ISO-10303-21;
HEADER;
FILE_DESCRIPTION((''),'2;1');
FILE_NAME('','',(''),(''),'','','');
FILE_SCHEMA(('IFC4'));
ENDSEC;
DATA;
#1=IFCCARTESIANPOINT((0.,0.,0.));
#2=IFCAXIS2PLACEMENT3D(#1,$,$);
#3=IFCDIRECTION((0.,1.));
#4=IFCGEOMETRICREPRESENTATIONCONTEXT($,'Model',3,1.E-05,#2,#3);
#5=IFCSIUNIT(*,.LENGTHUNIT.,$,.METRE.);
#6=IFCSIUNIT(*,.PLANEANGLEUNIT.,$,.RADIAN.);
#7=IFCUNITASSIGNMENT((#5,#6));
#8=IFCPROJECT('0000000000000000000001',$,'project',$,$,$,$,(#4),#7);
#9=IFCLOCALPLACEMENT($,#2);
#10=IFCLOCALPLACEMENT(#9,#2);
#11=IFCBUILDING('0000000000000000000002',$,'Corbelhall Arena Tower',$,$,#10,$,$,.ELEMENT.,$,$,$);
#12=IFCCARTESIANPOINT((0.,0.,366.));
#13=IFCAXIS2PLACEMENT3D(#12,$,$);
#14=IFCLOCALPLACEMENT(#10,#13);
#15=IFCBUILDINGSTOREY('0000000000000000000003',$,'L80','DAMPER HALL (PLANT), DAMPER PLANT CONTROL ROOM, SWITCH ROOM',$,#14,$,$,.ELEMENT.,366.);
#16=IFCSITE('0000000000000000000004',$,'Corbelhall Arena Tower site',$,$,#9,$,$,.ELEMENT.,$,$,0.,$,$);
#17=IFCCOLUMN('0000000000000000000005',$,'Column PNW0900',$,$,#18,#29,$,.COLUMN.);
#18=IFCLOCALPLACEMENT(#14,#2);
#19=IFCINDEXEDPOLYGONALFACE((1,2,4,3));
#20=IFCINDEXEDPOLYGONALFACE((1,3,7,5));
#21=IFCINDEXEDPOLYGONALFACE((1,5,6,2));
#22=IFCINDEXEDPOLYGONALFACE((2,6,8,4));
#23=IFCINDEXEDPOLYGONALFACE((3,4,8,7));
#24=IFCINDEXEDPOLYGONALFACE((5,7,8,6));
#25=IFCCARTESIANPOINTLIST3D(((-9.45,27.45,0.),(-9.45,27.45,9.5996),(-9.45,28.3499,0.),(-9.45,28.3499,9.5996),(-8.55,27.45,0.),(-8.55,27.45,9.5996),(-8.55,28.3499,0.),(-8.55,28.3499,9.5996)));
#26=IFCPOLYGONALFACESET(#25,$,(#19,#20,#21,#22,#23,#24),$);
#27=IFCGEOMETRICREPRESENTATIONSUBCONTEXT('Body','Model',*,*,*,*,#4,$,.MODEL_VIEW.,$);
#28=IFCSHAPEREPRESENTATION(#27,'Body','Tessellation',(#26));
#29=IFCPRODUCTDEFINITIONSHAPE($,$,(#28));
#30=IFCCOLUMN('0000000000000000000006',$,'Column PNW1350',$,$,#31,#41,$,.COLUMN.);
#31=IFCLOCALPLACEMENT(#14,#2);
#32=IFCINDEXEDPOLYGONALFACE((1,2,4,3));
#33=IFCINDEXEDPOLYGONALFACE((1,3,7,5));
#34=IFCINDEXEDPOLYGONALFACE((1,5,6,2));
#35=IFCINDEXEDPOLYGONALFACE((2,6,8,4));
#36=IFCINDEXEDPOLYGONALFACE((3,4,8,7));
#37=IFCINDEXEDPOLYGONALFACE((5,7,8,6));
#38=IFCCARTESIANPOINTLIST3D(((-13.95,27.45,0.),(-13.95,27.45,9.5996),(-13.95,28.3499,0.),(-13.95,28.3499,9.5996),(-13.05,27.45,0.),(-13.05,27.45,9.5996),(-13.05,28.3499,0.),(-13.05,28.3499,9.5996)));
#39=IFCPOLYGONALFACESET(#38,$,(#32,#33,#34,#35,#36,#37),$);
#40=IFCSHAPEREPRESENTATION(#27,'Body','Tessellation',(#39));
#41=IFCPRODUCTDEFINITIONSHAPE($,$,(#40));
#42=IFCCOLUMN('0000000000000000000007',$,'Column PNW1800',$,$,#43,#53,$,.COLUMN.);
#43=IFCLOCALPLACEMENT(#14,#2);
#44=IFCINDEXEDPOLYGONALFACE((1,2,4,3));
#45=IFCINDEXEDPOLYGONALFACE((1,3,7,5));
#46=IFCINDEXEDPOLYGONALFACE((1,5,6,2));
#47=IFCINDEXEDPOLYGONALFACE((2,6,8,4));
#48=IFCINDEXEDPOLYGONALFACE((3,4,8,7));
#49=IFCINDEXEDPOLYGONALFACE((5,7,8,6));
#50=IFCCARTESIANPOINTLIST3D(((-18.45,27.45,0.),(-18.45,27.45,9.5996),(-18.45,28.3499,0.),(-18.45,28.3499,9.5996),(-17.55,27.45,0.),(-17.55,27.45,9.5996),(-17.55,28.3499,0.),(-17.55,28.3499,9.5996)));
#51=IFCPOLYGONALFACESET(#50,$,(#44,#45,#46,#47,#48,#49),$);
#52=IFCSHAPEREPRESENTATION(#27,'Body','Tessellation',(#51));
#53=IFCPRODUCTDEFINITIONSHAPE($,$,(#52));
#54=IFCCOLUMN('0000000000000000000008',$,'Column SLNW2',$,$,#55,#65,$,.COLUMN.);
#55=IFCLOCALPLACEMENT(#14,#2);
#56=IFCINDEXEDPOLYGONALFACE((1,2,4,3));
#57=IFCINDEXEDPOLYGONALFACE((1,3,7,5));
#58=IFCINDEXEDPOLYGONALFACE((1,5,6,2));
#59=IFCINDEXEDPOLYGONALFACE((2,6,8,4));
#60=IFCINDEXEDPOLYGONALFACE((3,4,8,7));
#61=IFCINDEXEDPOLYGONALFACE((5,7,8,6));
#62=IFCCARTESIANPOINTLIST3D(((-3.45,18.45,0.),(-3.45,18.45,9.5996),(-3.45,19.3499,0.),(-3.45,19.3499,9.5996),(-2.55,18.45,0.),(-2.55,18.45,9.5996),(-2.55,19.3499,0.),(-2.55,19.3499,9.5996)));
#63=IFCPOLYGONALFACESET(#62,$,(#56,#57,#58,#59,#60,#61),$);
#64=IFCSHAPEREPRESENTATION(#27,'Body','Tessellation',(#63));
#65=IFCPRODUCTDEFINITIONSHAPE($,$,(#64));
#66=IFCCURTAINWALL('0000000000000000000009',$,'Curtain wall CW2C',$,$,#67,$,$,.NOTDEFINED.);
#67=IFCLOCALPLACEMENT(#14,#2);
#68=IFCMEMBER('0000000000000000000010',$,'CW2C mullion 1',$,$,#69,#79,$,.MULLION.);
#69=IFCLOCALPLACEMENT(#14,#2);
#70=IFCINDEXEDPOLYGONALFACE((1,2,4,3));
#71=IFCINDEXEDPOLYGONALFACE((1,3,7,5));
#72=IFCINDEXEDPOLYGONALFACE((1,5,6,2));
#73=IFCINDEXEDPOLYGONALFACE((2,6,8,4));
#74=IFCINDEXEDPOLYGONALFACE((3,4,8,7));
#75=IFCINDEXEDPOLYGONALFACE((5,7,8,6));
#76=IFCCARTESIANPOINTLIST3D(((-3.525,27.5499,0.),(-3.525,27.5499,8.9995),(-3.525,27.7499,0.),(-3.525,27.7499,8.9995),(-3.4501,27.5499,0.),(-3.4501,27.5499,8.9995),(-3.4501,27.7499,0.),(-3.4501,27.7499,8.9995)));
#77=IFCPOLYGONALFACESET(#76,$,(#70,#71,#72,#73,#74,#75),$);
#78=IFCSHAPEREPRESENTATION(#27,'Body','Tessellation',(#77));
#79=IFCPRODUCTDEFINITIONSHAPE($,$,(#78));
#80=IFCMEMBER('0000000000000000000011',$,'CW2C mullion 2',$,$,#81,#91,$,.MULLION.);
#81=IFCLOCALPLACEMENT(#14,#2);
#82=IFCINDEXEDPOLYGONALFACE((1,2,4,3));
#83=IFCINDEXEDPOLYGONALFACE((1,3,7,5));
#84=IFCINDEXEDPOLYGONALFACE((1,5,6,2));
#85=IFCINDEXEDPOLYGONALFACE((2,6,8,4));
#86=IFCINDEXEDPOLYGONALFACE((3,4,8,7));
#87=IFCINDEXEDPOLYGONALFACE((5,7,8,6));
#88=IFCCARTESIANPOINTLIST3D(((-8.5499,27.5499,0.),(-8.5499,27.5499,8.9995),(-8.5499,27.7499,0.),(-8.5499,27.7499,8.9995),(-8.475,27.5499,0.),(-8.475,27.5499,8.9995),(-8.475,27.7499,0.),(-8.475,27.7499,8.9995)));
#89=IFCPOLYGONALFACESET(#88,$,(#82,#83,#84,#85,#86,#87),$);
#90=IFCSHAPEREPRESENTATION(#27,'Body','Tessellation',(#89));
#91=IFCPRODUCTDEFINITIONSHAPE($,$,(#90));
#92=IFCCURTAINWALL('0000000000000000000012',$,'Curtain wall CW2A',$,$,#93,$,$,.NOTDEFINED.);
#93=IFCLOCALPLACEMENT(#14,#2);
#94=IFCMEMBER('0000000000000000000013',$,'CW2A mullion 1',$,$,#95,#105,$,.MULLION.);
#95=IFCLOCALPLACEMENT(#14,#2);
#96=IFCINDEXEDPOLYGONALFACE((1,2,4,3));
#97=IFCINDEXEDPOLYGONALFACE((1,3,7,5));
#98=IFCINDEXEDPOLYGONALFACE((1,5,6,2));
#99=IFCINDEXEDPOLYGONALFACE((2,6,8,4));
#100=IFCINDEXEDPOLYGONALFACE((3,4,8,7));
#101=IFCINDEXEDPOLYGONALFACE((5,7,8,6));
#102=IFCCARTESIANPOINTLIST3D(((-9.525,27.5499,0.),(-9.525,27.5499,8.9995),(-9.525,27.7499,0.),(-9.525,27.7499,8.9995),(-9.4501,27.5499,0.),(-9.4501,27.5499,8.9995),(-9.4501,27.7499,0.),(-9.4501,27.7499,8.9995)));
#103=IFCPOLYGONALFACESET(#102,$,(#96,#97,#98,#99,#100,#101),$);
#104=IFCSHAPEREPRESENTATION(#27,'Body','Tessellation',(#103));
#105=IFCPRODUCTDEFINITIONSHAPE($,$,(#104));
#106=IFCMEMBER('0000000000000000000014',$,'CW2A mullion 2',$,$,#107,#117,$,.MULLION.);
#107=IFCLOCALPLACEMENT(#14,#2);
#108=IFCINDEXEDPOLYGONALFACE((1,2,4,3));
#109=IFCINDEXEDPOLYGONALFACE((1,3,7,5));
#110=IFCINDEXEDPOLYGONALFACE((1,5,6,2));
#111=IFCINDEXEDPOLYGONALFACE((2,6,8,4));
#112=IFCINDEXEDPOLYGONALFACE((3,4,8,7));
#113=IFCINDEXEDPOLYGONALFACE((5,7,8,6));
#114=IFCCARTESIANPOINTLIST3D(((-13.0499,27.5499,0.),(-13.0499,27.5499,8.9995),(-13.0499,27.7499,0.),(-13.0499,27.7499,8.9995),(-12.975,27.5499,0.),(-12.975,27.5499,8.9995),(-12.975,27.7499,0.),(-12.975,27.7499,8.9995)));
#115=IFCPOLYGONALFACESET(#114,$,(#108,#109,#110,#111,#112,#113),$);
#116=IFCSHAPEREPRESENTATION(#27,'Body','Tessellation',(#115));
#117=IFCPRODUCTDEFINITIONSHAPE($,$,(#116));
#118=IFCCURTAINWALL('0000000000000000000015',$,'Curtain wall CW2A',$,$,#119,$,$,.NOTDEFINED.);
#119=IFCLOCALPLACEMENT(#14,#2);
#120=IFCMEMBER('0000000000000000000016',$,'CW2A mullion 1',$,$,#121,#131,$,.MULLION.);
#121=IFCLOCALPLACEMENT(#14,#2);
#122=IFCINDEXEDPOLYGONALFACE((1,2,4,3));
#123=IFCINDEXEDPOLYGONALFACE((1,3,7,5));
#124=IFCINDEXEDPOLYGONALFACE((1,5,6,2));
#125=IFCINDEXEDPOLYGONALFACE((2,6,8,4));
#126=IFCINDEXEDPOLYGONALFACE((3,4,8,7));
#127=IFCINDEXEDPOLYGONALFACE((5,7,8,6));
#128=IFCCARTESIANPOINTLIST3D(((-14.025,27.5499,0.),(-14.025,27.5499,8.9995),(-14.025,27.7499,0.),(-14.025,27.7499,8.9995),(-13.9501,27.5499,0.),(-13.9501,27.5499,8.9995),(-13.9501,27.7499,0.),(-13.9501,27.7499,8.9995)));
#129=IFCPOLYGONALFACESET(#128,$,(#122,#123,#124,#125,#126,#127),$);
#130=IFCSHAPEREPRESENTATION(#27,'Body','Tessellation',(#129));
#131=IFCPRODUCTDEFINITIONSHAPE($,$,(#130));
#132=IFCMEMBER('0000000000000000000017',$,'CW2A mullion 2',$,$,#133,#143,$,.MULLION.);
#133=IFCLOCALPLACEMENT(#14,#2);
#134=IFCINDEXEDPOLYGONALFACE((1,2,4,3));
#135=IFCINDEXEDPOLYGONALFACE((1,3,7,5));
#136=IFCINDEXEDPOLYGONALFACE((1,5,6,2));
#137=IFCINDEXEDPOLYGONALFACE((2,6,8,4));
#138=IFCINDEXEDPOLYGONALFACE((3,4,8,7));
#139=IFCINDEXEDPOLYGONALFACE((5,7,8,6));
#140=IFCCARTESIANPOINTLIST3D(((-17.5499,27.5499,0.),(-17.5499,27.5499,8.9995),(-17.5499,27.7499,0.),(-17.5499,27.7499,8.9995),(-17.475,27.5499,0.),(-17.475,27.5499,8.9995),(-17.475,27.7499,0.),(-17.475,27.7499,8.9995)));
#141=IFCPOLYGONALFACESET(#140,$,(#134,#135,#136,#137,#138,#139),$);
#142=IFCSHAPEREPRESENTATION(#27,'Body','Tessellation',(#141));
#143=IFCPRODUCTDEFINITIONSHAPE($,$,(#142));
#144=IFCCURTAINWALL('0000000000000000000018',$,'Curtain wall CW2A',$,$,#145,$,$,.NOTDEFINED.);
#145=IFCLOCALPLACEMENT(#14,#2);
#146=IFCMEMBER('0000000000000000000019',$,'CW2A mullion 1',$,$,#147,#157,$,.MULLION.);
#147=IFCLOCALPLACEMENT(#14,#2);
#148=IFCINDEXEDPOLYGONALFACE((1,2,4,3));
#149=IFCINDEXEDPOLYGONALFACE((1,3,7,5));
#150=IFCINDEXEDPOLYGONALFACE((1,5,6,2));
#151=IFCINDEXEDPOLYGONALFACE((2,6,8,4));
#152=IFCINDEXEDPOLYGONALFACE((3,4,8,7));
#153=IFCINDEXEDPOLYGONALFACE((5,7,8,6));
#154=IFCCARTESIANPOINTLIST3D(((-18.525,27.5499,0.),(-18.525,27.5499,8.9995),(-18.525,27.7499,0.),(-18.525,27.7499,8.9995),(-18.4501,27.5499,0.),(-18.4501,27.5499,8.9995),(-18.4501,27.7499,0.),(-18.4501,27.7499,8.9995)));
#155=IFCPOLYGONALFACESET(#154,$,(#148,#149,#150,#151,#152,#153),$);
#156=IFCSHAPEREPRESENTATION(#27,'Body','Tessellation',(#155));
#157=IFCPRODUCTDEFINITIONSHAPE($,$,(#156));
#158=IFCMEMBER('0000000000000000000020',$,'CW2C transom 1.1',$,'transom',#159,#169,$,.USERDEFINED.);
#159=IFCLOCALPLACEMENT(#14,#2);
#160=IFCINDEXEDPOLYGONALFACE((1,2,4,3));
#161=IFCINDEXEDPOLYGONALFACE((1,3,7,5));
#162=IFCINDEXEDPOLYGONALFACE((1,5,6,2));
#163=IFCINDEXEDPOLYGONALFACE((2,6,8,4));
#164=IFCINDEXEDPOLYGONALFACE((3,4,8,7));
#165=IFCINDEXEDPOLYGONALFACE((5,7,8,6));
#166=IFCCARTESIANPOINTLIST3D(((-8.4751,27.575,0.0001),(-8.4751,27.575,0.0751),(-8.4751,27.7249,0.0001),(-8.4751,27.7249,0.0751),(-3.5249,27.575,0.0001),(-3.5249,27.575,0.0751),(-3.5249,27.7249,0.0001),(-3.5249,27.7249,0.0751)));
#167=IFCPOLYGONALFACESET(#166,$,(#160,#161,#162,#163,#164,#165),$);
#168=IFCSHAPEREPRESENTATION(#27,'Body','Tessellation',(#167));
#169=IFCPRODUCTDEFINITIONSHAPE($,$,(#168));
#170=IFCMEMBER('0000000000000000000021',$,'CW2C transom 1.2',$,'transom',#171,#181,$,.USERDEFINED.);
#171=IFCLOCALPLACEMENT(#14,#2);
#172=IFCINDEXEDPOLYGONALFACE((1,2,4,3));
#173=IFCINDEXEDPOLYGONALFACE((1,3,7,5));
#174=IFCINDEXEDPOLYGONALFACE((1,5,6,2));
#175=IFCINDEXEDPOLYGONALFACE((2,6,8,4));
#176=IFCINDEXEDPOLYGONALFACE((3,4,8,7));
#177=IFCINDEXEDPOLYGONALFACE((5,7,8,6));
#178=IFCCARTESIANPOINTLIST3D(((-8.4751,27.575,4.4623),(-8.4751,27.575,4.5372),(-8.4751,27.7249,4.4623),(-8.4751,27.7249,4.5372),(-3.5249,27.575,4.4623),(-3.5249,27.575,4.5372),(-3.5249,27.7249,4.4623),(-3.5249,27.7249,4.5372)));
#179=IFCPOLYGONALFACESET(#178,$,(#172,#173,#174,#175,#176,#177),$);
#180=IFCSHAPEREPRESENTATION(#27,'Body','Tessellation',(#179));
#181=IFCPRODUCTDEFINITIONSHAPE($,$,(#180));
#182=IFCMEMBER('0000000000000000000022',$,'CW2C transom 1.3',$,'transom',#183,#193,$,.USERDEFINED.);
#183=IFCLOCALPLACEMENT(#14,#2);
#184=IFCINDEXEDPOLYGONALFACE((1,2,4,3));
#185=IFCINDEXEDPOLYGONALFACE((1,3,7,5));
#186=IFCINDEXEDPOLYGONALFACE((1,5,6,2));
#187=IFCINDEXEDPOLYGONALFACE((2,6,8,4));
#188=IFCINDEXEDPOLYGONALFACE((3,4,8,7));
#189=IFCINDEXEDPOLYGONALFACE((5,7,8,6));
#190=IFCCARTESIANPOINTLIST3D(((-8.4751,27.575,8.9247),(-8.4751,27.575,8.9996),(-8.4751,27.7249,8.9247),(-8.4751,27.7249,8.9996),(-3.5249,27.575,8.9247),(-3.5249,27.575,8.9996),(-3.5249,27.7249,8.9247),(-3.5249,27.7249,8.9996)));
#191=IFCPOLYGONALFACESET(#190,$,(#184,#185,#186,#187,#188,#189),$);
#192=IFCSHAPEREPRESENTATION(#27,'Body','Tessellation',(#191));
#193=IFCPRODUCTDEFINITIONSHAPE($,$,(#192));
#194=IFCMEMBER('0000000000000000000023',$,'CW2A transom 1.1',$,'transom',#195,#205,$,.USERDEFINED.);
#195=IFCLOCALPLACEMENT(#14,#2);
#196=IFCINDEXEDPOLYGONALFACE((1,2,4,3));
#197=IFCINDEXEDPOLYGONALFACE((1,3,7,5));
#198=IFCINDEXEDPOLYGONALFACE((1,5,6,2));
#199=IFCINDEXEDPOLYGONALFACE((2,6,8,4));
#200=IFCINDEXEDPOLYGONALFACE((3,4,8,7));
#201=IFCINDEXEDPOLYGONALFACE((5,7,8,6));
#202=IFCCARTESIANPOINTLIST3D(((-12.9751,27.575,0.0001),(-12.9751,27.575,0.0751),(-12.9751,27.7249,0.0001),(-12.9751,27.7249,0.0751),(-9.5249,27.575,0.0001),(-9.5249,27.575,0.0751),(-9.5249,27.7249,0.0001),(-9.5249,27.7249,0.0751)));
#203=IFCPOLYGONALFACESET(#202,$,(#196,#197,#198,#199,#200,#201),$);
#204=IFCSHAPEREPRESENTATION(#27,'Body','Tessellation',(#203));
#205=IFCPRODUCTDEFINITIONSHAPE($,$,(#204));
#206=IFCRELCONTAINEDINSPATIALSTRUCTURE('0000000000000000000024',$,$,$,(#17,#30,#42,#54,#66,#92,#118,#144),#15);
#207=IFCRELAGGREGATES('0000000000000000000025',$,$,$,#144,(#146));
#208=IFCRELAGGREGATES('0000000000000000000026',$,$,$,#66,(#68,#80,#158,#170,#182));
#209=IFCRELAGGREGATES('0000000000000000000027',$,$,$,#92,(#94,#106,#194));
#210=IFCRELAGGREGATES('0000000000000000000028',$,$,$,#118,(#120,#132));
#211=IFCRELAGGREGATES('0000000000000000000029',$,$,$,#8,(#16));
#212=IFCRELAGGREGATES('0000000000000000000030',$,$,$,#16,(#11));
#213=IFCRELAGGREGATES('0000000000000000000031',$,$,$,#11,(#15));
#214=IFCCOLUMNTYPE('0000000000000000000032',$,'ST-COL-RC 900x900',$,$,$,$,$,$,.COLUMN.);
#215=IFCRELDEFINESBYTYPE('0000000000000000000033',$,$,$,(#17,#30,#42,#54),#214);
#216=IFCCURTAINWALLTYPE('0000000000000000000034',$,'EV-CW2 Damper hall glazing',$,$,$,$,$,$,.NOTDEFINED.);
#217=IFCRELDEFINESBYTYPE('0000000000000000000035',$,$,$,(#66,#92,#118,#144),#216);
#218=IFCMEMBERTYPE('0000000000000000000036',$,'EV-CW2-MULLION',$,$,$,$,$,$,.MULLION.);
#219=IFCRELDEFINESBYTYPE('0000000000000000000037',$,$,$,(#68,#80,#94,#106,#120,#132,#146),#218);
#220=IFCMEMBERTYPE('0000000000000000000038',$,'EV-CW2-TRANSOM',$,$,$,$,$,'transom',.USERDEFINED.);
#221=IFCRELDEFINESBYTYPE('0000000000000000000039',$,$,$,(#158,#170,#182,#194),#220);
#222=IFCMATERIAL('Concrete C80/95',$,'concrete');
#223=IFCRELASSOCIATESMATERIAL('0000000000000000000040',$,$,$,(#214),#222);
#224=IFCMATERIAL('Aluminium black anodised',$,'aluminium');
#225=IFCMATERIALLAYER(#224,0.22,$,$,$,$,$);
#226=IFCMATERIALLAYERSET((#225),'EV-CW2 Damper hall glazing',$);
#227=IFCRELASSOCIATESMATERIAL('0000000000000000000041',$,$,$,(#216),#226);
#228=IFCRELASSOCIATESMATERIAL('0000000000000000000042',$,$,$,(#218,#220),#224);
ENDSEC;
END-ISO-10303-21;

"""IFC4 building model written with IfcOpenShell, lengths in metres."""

from ifc_helpers import new_model, si_unit, direction, frame, origin, origin_2d, place, context, subcontext, project, spatial, rectangle, extrude, material, layer, layer_set, material_profile, profile_set, type_object, element, aggregate, save


model = new_model("IFC4")

# Units and contexts
model_context = context("Model", 3, precision=1e-05, world=origin(), true_north=direction((0.0, 1.0)))
body_context = subcontext(model_context, "Body", "Model", "MODEL_VIEW")
ifc_project = project(units=[si_unit("LENGTHUNIT", "METRE"), si_unit("PLANEANGLEUNIT", "RADIAN")], contexts=[model_context])

# Site, building, storey
site_placement = place(None, origin())
site = spatial("IfcSite", under=ifc_project, at=site_placement, Name="Corbelhall Arena Tower site", CompositionType="ELEMENT", RefElevation=0.0)
building_placement = place(site_placement, origin())
building = spatial("IfcBuilding", under=site, at=building_placement, Name="Corbelhall Arena Tower", CompositionType="ELEMENT")
storey_placement = place(building_placement, frame((0.0, 0.0, 366.0)))
storey = spatial("IfcBuildingStorey", under=building, at=storey_placement, Name="L80", Description="DAMPER HALL (PLANT), DAMPER PLANT CONTROL ROOM, SWITCH ROOM", CompositionType="ELEMENT", Elevation=366.0)

# Columns
ifc_material_1 = material(Name="Concrete C80/95", Category="concrete")
ifc_material_profile_1 = material_profile(ifc_material_1, rectangle(XDim=0.8999, YDim=0.8999, at=origin_2d()))
ifc_profile_set_1 = profile_set([ifc_material_profile_1], Name="Concrete C80/95")
column_type = type_object("IfcColumnType", Name="ST-COL-RC 900x900", PredefinedType="COLUMN", material=ifc_profile_set_1)
for number, where, z_axis, x_axis, name in (
    (1, (-9.0, 27.8999, 0.0), (0.0, 0.0, 1.0), (1.0, 0.0, 0.0), "Column PNW0900"),
    (2, (-13.5, 27.8999, 0.0), (0.0, 0.0, 1.0), (1.0, 0.0, 0.0), "Column PNW1350"),
    (3, (-18.0, 27.8999, 0.0), (0.0, 0.0, 1.0), (1.0, 0.0, 0.0), "Column PNW1800"),
    (4, (-3.0, 18.8999, 0.0), (0.0, 0.0, 1.0), (1.0, 0.0, 0.0), "Column SLNW2"),
):
    element("IfcColumn", number, at=place(storey_placement, frame(where, z_axis=z_axis, x_axis=x_axis)), inside=storey, type_object=column_type, Name=name, PredefinedType="COLUMN", context=body_context, shape_type="SweptSolid", body=[
        extrude(rectangle(XDim=0.8999, YDim=0.8999, at=origin_2d()), origin(), (0.0, 0.0, 1.0), 9.5996),
    ])

# Curtain walls, members
ifc_material_2 = material(Name="Aluminium black anodised", Category="aluminium")
ifc_layer_1 = layer(ifc_material_2, 0.22)
ifc_layer_set_1 = layer_set([ifc_layer_1], Name="EV-CW2 Damper hall glazing")
curtain_wall_type = type_object("IfcCurtainWallType", Name="EV-CW2 Damper hall glazing", PredefinedType="NOTDEFINED", material=ifc_layer_set_1)
curtain_wall_1_placement = place(storey_placement, origin())
curtain_wall_1 = element("IfcCurtainWall", 5, at=curtain_wall_1_placement, inside=storey, type_object=curtain_wall_type, Name="Curtain wall CW2C", PredefinedType="NOTDEFINED")
ifc_material_profile_2 = material_profile(ifc_material_2, rectangle(XDim=0.2, YDim=0.075, at=origin_2d()))
ifc_profile_set_2 = profile_set([ifc_material_profile_2], Name="Aluminium black anodised")
member_type_1 = type_object("IfcMemberType", Name="EV-CW2-MULLION", PredefinedType="MULLION", material=ifc_profile_set_2)
member_1_placement = place(storey_placement, frame((-3.4875, 27.6499, 0.0), z_axis=(0.0, 0.0, 1.0), x_axis=(0.0, -1.0, 0.0)))
member_1 = element("IfcMember", 6, at=member_1_placement, type_object=member_type_1, Name="CW2C mullion 1", PredefinedType="MULLION", context=body_context, shape_type="SweptSolid", body=[
    extrude(rectangle(XDim=0.2, YDim=0.075, at=origin_2d()), origin(), (0.0, 0.0, 1.0), 8.9995),
])
member_2_placement = place(storey_placement, frame((-8.5125, 27.6499, 0.0), z_axis=(0.0, 0.0, 1.0), x_axis=(0.0, -1.0, 0.0)))
member_2 = element("IfcMember", 7, at=member_2_placement, type_object=member_type_1, Name="CW2C mullion 2", PredefinedType="MULLION", context=body_context, shape_type="SweptSolid", body=[
    extrude(rectangle(XDim=0.2, YDim=0.075, at=origin_2d()), origin(), (0.0, 0.0, 1.0), 8.9995),
])
curtain_wall_2_placement = place(storey_placement, origin())
curtain_wall_2 = element("IfcCurtainWall", 8, at=curtain_wall_2_placement, inside=storey, type_object=curtain_wall_type, Name="Curtain wall CW2A", PredefinedType="NOTDEFINED")
member_3_placement = place(storey_placement, frame((-9.4875, 27.6499, 0.0), z_axis=(0.0, 0.0, 1.0), x_axis=(0.0, -1.0, 0.0)))
member_3 = element("IfcMember", 9, at=member_3_placement, type_object=member_type_1, Name="CW2A mullion 1", PredefinedType="MULLION", context=body_context, shape_type="SweptSolid", body=[
    extrude(rectangle(XDim=0.2, YDim=0.075, at=origin_2d()), origin(), (0.0, 0.0, 1.0), 8.9995),
])
member_4_placement = place(storey_placement, frame((-13.0125, 27.6499, 0.0), z_axis=(0.0, 0.0, 1.0), x_axis=(0.0, -1.0, 0.0)))
member_4 = element("IfcMember", 10, at=member_4_placement, type_object=member_type_1, Name="CW2A mullion 2", PredefinedType="MULLION", context=body_context, shape_type="SweptSolid", body=[
    extrude(rectangle(XDim=0.2, YDim=0.075, at=origin_2d()), origin(), (0.0, 0.0, 1.0), 8.9995),
])
curtain_wall_3_placement = place(storey_placement, origin())
curtain_wall_3 = element("IfcCurtainWall", 11, at=curtain_wall_3_placement, inside=storey, type_object=curtain_wall_type, Name="Curtain wall CW2A", PredefinedType="NOTDEFINED")
member_5_placement = place(storey_placement, frame((-13.9875, 27.6499, 0.0), z_axis=(0.0, 0.0, 1.0), x_axis=(0.0, -1.0, 0.0)))
member_5 = element("IfcMember", 12, at=member_5_placement, type_object=member_type_1, Name="CW2A mullion 1", PredefinedType="MULLION", context=body_context, shape_type="SweptSolid", body=[
    extrude(rectangle(XDim=0.2, YDim=0.075, at=origin_2d()), origin(), (0.0, 0.0, 1.0), 8.9995),
])
member_6_placement = place(storey_placement, frame((-17.5125, 27.6499, 0.0), z_axis=(0.0, 0.0, 1.0), x_axis=(0.0, -1.0, 0.0)))
member_6 = element("IfcMember", 13, at=member_6_placement, type_object=member_type_1, Name="CW2A mullion 2", PredefinedType="MULLION", context=body_context, shape_type="SweptSolid", body=[
    extrude(rectangle(XDim=0.2, YDim=0.075, at=origin_2d()), origin(), (0.0, 0.0, 1.0), 8.9995),
])

# Curtain wall, member
curtain_wall_4_placement = place(storey_placement, origin())
curtain_wall_4 = element("IfcCurtainWall", 14, at=curtain_wall_4_placement, inside=storey, type_object=curtain_wall_type, Name="Curtain wall CW2A", PredefinedType="NOTDEFINED")
member_7_placement = place(storey_placement, frame((-18.4875, 27.6499, 0.0), z_axis=(0.0, 0.0, 1.0), x_axis=(0.0, -1.0, 0.0)))
member_7 = element("IfcMember", 15, at=member_7_placement, type_object=member_type_1, Name="CW2A mullion 1", PredefinedType="MULLION", context=body_context, shape_type="SweptSolid", body=[
    extrude(rectangle(XDim=0.2, YDim=0.075, at=origin_2d()), origin(), (0.0, 0.0, 1.0), 8.9995),
])

# Members
ifc_material_profile_3 = material_profile(ifc_material_2, rectangle(XDim=0.1499, YDim=0.075, at=origin_2d()))
ifc_profile_set_3 = profile_set([ifc_material_profile_3], Name="Aluminium black anodised")
member_type_2 = type_object("IfcMemberType", Name="EV-CW2-TRANSOM", ElementType="transom", PredefinedType="USERDEFINED", material=ifc_profile_set_3)
member_8_placement = place(storey_placement, frame((-3.5249, 27.6499, 0.0376), z_axis=(-1.0, 0.0, 0.0), x_axis=(0.0, -1.0, 0.0)))
member_8 = element("IfcMember", 16, at=member_8_placement, type_object=member_type_2, Name="CW2C transom 1.1", ObjectType="transom", PredefinedType="USERDEFINED", context=body_context, shape_type="SweptSolid", body=[
    extrude(rectangle(XDim=0.1499, YDim=0.075, at=origin_2d()), origin(), (0.0, 0.0, 1.0), 4.9502),
])
member_9_placement = place(storey_placement, frame((-3.5249, 27.6499, 4.4998), z_axis=(-1.0, 0.0, 0.0), x_axis=(0.0, -1.0, 0.0)))
member_9 = element("IfcMember", 17, at=member_9_placement, type_object=member_type_2, Name="CW2C transom 1.2", ObjectType="transom", PredefinedType="USERDEFINED", context=body_context, shape_type="SweptSolid", body=[
    extrude(rectangle(XDim=0.1499, YDim=0.075, at=origin_2d()), origin(), (0.0, 0.0, 1.0), 4.9502),
])
member_10_placement = place(storey_placement, frame((-3.5249, 27.6499, 8.9622), z_axis=(-1.0, 0.0, 0.0), x_axis=(0.0, -1.0, 0.0)))
member_10 = element("IfcMember", 18, at=member_10_placement, type_object=member_type_2, Name="CW2C transom 1.3", ObjectType="transom", PredefinedType="USERDEFINED", context=body_context, shape_type="SweptSolid", body=[
    extrude(rectangle(XDim=0.1499, YDim=0.075, at=origin_2d()), origin(), (0.0, 0.0, 1.0), 4.9502),
])
member_11_placement = place(storey_placement, frame((-9.5249, 27.6499, 0.0376), z_axis=(-1.0, 0.0, 0.0), x_axis=(0.0, -1.0, 0.0)))
member_11 = element("IfcMember", 19, at=member_11_placement, type_object=member_type_2, Name="CW2A transom 1.1", ObjectType="transom", PredefinedType="USERDEFINED", context=body_context, shape_type="SweptSolid", body=[
    extrude(rectangle(XDim=0.1499, YDim=0.075, at=origin_2d()), origin(), (0.0, 0.0, 1.0), 3.4502),
])
aggregate(curtain_wall_4, [member_7])

aggregate(curtain_wall_1, [member_1, member_2, member_8, member_9, member_10])
aggregate(curtain_wall_2, [member_3, member_4, member_11])
aggregate(curtain_wall_3, [member_5, member_6])

save(model, "model.ifc")
